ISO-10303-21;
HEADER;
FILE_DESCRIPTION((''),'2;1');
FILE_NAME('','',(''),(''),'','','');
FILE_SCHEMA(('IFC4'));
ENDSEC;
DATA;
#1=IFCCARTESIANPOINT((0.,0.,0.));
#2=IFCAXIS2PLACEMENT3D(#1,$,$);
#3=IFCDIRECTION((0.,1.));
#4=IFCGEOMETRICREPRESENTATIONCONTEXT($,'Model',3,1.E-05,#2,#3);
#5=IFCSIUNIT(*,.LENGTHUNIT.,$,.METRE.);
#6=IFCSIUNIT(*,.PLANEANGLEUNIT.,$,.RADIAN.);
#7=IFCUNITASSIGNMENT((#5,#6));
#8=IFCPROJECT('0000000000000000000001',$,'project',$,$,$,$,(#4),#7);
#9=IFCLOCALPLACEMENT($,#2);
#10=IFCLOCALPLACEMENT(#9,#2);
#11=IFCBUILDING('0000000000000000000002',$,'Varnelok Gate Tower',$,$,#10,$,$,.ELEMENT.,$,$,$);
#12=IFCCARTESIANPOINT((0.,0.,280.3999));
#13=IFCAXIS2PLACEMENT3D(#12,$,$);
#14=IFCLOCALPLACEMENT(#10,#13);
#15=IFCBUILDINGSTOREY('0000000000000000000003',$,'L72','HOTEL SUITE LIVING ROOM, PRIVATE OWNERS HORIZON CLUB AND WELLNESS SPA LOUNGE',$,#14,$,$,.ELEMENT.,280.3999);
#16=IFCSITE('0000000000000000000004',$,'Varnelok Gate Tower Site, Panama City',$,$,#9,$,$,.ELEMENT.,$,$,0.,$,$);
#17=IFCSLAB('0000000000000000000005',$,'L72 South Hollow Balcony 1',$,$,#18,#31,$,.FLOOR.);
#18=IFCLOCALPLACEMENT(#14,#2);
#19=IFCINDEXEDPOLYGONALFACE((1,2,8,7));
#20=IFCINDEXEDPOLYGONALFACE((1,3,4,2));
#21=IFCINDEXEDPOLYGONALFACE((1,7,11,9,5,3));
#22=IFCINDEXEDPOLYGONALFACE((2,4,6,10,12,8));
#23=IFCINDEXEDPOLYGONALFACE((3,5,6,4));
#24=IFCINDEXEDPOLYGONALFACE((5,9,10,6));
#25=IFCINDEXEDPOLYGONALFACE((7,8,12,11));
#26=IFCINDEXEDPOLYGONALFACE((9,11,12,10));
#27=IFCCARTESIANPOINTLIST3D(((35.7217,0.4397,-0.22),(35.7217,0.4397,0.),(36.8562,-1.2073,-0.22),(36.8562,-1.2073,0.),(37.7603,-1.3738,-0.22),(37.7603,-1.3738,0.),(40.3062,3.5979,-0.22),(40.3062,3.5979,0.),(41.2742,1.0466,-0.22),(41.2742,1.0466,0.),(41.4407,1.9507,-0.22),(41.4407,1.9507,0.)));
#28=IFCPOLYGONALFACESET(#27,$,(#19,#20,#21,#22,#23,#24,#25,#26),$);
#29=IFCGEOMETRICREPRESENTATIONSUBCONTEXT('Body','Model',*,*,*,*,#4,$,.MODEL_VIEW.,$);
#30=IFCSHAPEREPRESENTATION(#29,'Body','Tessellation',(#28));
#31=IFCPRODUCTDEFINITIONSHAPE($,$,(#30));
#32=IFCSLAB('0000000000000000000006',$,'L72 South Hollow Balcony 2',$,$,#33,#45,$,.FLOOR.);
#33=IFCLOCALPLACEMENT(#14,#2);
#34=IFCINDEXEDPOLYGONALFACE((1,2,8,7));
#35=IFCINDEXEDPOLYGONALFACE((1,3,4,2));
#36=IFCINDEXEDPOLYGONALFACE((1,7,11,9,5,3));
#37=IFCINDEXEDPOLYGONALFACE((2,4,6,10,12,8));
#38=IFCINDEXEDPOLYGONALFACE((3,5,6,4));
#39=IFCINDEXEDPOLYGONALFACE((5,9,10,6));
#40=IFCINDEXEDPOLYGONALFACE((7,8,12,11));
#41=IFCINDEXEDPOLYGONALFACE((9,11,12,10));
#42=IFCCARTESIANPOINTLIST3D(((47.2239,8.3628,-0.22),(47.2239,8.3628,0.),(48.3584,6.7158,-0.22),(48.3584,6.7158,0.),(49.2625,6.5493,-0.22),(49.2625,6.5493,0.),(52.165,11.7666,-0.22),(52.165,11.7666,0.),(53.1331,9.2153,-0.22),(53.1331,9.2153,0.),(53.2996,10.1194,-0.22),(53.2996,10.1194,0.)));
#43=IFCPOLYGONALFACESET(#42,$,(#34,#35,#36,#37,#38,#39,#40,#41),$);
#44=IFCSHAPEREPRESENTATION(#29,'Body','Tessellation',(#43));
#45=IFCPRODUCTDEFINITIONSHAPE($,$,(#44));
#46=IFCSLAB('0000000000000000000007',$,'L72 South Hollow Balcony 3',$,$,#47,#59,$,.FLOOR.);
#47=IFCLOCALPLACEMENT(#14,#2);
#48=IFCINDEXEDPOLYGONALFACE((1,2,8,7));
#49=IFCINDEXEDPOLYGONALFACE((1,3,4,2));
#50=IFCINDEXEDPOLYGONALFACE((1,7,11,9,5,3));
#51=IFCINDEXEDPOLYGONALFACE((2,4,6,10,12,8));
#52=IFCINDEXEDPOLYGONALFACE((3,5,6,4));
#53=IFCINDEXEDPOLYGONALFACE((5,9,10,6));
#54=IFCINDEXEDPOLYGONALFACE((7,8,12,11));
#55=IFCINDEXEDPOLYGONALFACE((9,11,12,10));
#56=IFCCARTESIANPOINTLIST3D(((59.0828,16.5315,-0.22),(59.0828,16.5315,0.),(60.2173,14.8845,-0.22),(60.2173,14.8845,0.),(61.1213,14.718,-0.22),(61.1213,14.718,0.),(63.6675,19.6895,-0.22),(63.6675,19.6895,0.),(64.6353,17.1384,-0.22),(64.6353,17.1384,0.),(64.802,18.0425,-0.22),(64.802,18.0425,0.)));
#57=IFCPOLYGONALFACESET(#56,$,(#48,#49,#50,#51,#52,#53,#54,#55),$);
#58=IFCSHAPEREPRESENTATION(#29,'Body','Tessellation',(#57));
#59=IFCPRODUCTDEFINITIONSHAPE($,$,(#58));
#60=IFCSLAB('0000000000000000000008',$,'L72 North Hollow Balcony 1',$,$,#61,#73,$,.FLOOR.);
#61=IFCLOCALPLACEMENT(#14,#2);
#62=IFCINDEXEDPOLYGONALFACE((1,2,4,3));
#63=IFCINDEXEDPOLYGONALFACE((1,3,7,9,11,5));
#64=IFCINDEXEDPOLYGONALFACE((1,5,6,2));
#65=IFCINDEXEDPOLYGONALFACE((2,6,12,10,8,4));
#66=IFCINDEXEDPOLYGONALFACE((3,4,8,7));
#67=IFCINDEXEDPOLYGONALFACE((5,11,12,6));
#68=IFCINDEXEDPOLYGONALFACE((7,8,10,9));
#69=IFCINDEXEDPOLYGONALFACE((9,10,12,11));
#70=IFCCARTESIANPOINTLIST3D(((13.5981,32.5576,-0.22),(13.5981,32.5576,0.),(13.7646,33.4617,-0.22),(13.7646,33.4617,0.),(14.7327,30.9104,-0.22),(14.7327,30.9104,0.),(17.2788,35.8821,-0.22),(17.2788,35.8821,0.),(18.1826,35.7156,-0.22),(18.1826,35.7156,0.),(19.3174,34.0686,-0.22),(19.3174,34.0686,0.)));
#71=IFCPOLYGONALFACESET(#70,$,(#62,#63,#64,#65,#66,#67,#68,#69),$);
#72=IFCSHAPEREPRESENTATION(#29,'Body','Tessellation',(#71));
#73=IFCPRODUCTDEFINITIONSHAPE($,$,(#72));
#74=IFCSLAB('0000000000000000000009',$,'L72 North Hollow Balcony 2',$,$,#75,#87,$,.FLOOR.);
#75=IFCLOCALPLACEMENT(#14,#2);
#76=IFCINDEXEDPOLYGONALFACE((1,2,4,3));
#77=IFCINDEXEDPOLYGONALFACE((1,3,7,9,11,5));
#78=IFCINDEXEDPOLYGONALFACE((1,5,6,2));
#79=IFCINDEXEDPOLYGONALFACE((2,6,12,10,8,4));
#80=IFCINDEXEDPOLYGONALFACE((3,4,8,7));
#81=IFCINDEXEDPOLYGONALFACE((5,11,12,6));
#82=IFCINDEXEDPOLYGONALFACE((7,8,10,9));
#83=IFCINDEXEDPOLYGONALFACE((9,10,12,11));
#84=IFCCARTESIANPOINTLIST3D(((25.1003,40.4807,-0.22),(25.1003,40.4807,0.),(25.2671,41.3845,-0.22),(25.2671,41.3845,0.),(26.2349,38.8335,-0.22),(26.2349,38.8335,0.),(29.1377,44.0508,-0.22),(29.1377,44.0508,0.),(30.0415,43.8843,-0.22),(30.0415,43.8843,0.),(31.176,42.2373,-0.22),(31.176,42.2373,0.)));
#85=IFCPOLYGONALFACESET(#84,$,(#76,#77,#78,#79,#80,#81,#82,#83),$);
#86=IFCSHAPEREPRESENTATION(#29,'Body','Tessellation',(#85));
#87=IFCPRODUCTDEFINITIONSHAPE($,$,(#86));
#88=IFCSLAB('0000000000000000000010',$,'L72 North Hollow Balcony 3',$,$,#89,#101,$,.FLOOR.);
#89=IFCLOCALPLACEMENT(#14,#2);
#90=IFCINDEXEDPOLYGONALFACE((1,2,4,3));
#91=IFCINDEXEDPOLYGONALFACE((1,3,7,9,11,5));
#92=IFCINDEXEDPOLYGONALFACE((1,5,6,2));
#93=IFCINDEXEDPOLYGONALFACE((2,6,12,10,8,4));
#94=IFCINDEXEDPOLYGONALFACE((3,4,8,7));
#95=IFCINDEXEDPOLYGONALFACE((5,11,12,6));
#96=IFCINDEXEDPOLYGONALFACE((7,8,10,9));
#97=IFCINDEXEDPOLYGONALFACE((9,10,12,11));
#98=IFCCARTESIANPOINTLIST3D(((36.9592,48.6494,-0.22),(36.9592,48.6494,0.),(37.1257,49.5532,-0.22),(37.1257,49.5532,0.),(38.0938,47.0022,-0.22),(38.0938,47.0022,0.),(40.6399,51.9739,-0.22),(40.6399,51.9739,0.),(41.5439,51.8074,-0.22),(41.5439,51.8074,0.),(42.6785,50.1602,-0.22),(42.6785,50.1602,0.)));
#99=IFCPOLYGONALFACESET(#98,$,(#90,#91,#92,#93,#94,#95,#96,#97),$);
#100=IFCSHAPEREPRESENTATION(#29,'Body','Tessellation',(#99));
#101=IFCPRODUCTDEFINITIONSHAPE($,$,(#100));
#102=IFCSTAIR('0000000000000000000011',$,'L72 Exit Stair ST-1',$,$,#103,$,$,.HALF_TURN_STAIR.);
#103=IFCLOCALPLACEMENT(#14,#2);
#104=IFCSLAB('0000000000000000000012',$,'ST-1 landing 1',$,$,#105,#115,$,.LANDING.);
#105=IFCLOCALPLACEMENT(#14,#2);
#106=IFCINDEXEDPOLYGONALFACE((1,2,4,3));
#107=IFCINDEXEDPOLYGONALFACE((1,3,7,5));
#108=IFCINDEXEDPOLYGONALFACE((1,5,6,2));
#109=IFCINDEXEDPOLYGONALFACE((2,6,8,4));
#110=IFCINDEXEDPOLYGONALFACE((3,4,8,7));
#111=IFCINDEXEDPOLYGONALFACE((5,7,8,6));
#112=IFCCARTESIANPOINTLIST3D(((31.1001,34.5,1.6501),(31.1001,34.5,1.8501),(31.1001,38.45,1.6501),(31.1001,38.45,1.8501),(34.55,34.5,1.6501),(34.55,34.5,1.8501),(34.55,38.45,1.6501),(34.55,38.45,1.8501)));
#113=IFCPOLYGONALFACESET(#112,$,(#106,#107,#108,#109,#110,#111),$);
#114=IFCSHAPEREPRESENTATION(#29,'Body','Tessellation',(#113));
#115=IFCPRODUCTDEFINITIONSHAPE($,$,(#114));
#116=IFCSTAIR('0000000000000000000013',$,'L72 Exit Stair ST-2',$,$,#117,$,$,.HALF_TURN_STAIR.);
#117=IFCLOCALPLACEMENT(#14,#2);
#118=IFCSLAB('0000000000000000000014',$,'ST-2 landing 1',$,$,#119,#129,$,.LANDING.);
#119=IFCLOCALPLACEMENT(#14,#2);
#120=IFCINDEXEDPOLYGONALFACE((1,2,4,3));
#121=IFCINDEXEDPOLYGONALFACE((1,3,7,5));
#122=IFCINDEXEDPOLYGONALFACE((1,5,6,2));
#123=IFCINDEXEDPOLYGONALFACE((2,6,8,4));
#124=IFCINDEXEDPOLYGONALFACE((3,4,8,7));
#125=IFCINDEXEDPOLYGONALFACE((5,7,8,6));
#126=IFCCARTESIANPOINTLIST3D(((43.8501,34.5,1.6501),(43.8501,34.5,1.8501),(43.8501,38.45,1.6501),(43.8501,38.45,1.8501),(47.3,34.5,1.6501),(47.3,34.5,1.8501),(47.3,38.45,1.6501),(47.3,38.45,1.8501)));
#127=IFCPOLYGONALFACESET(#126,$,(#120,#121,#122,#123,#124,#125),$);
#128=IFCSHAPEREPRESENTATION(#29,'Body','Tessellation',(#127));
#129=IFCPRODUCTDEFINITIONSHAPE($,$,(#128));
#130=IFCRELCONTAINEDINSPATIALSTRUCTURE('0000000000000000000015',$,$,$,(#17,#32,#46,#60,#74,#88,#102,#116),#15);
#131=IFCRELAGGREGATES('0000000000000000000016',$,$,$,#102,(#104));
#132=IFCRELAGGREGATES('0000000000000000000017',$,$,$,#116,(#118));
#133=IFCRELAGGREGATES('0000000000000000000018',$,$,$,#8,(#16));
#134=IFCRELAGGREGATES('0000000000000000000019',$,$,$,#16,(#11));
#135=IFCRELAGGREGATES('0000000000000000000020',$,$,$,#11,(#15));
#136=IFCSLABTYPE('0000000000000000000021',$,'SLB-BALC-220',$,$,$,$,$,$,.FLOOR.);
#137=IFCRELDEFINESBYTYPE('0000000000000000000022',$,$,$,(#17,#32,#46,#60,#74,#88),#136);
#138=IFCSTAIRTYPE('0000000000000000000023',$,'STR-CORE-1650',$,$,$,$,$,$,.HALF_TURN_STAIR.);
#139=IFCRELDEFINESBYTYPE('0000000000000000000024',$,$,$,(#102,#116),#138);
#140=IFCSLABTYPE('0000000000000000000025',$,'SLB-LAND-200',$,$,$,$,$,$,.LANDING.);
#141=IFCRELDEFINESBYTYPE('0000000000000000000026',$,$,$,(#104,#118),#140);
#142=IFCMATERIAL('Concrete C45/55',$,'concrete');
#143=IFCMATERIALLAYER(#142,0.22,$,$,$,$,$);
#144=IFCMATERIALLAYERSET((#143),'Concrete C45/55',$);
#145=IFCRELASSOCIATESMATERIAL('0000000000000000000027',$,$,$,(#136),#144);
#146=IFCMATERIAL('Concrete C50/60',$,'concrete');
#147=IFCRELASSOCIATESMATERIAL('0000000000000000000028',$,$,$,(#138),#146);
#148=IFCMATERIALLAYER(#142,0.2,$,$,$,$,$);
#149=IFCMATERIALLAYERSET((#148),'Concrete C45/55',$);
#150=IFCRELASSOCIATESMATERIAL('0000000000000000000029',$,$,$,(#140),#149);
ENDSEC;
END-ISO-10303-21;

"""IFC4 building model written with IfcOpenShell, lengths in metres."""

from ifc_helpers import new_model, si_unit, direction, frame, origin, place, context, subcontext, project, spatial, polyline, outline, extrude, material, layer, layer_set, type_object, element, aggregate, save


model = new_model("IFC4")

# Units and contexts
model_context = context("Model", 3, precision=1e-05, world=origin(), true_north=direction((0.0, 1.0)))
body_context = subcontext(model_context, "Body", "Model", "MODEL_VIEW")
ifc_project = project(units=[si_unit("LENGTHUNIT", "METRE"), si_unit("PLANEANGLEUNIT", "RADIAN")], contexts=[model_context])

# Site, building, storey
site_placement = place(None, origin())
site = spatial("IfcSite", under=ifc_project, at=site_placement, Name="Varnelok Gate Tower Site, Panama City", CompositionType="ELEMENT", RefElevation=0.0)
building_placement = place(site_placement, origin())
building = spatial("IfcBuilding", under=site, at=building_placement, Name="Varnelok Gate Tower", CompositionType="ELEMENT")
storey_placement = place(building_placement, frame((0.0, 0.0, 280.3999)))
storey = spatial("IfcBuildingStorey", under=building, at=storey_placement, Name="L72", Description="HOTEL SUITE LIVING ROOM, PRIVATE OWNERS HORIZON CLUB AND WELLNESS SPA LOUNGE", CompositionType="ELEMENT", Elevation=280.3999)

# Slabs
ifc_material_1 = material(Name="Concrete C45/55", Category="concrete")
ifc_layer_1 = layer(ifc_material_1, 0.22)
ifc_layer_set_1 = layer_set([ifc_layer_1], Name="Concrete C45/55")
slab_type_1 = type_object("IfcSlabType", Name="SLB-BALC-220", PredefinedType="FLOOR", material=ifc_layer_set_1)
slab_1_placement = place(storey_placement, frame((0.0, 0.0, -0.22)))
element("IfcSlab", 1, at=slab_1_placement, inside=storey, type_object=slab_type_1, Name="L72 South Hollow Balcony 1", PredefinedType="FLOOR", context=body_context, shape_type="SweptSolid", body=[
    extrude(outline(polyline([(36.8562, -1.2073), (37.7603, -1.3738), (41.2742, 1.0466), (41.4407, 1.9507), (40.3062, 3.5979), (35.7217, 0.4397), (36.8562, -1.2073)])), origin(), (0.0, 0.0, 1.0), 0.22),
])
slab_2_placement = place(storey_placement, frame((0.0, 0.0, -0.22)))
element("IfcSlab", 2, at=slab_2_placement, inside=storey, type_object=slab_type_1, Name="L72 South Hollow Balcony 2", PredefinedType="FLOOR", context=body_context, shape_type="SweptSolid", body=[
    extrude(outline(polyline([(48.3584, 6.7158), (49.2625, 6.5493), (53.1331, 9.2153), (53.2996, 10.1194), (52.165, 11.7666), (47.2239, 8.3628), (48.3584, 6.7158)])), origin(), (0.0, 0.0, 1.0), 0.22),
])
slab_3_placement = place(storey_placement, frame((0.0, 0.0, -0.22)))
element("IfcSlab", 3, at=slab_3_placement, inside=storey, type_object=slab_type_1, Name="L72 South Hollow Balcony 3", PredefinedType="FLOOR", context=body_context, shape_type="SweptSolid", body=[
    extrude(outline(polyline([(60.2173, 14.8845), (61.1213, 14.718), (64.6353, 17.1384), (64.802, 18.0425), (63.6675, 19.6895), (59.0828, 16.5315), (60.2173, 14.8845)])), origin(), (0.0, 0.0, 1.0), 0.22),
])
slab_4_placement = place(storey_placement, frame((0.0, 0.0, -0.22)))
element("IfcSlab", 4, at=slab_4_placement, inside=storey, type_object=slab_type_1, Name="L72 North Hollow Balcony 1", PredefinedType="FLOOR", context=body_context, shape_type="SweptSolid", body=[
    extrude(outline(polyline([(14.7327, 30.9104), (19.3174, 34.0686), (18.1826, 35.7156), (17.2788, 35.8821), (13.7646, 33.4617), (13.5981, 32.5576), (14.7327, 30.9104)])), origin(), (0.0, 0.0, 1.0), 0.22),
])
slab_5_placement = place(storey_placement, frame((0.0, 0.0, -0.22)))
element("IfcSlab", 5, at=slab_5_placement, inside=storey, type_object=slab_type_1, Name="L72 North Hollow Balcony 2", PredefinedType="FLOOR", context=body_context, shape_type="SweptSolid", body=[
    extrude(outline(polyline([(26.2349, 38.8335), (31.176, 42.2373), (30.0415, 43.8843), (29.1377, 44.0508), (25.2671, 41.3845), (25.1003, 40.4807), (26.2349, 38.8335)])), origin(), (0.0, 0.0, 1.0), 0.22),
])
slab_6_placement = place(storey_placement, frame((0.0, 0.0, -0.22)))
element("IfcSlab", 6, at=slab_6_placement, inside=storey, type_object=slab_type_1, Name="L72 North Hollow Balcony 3", PredefinedType="FLOOR", context=body_context, shape_type="SweptSolid", body=[
    extrude(outline(polyline([(38.0938, 47.0022), (42.6785, 50.1602), (41.5439, 51.8074), (40.6399, 51.9739), (37.1257, 49.5532), (36.9592, 48.6494), (38.0938, 47.0022)])), origin(), (0.0, 0.0, 1.0), 0.22),
])

# Stairs, slabs
ifc_material_2 = material(Name="Concrete C50/60", Category="concrete")
stair_type = type_object("IfcStairType", Name="STR-CORE-1650", PredefinedType="HALF_TURN_STAIR", material=ifc_material_2)
stair_1_placement = place(storey_placement, origin())
stair_1 = element("IfcStair", 7, at=stair_1_placement, inside=storey, type_object=stair_type, Name="L72 Exit Stair ST-1", PredefinedType="HALF_TURN_STAIR")
ifc_layer_2 = layer(ifc_material_1, 0.2)
ifc_layer_set_2 = layer_set([ifc_layer_2], Name="Concrete C45/55")
slab_type_2 = type_object("IfcSlabType", Name="SLB-LAND-200", PredefinedType="LANDING", material=ifc_layer_set_2)
slab_7_placement = place(storey_placement, frame((0.0, 0.0, 1.6501)))
slab_7 = element("IfcSlab", 8, at=slab_7_placement, type_object=slab_type_2, Name="ST-1 landing 1", PredefinedType="LANDING", context=body_context, shape_type="SweptSolid", body=[
    extrude(outline(polyline([(34.55, 34.5), (34.55, 38.45), (31.1001, 38.45), (31.1001, 34.5), (34.55, 34.5)])), origin(), (0.0, 0.0, 1.0), 0.2),
])
aggregate(stair_1, [slab_7])
stair_2_placement = place(storey_placement, origin())
stair_2 = element("IfcStair", 9, at=stair_2_placement, inside=storey, type_object=stair_type, Name="L72 Exit Stair ST-2", PredefinedType="HALF_TURN_STAIR")
slab_8_placement = place(storey_placement, frame((0.0, 0.0, 1.6501)))
slab_8 = element("IfcSlab", 10, at=slab_8_placement, type_object=slab_type_2, Name="ST-2 landing 1", PredefinedType="LANDING", context=body_context, shape_type="SweptSolid", body=[
    extrude(outline(polyline([(47.3, 34.5), (47.3, 38.45), (43.8501, 38.45), (43.8501, 34.5), (47.3, 34.5)])), origin(), (0.0, 0.0, 1.0), 0.2),
])
aggregate(stair_2, [slab_8])

save(model, "model.ifc")
